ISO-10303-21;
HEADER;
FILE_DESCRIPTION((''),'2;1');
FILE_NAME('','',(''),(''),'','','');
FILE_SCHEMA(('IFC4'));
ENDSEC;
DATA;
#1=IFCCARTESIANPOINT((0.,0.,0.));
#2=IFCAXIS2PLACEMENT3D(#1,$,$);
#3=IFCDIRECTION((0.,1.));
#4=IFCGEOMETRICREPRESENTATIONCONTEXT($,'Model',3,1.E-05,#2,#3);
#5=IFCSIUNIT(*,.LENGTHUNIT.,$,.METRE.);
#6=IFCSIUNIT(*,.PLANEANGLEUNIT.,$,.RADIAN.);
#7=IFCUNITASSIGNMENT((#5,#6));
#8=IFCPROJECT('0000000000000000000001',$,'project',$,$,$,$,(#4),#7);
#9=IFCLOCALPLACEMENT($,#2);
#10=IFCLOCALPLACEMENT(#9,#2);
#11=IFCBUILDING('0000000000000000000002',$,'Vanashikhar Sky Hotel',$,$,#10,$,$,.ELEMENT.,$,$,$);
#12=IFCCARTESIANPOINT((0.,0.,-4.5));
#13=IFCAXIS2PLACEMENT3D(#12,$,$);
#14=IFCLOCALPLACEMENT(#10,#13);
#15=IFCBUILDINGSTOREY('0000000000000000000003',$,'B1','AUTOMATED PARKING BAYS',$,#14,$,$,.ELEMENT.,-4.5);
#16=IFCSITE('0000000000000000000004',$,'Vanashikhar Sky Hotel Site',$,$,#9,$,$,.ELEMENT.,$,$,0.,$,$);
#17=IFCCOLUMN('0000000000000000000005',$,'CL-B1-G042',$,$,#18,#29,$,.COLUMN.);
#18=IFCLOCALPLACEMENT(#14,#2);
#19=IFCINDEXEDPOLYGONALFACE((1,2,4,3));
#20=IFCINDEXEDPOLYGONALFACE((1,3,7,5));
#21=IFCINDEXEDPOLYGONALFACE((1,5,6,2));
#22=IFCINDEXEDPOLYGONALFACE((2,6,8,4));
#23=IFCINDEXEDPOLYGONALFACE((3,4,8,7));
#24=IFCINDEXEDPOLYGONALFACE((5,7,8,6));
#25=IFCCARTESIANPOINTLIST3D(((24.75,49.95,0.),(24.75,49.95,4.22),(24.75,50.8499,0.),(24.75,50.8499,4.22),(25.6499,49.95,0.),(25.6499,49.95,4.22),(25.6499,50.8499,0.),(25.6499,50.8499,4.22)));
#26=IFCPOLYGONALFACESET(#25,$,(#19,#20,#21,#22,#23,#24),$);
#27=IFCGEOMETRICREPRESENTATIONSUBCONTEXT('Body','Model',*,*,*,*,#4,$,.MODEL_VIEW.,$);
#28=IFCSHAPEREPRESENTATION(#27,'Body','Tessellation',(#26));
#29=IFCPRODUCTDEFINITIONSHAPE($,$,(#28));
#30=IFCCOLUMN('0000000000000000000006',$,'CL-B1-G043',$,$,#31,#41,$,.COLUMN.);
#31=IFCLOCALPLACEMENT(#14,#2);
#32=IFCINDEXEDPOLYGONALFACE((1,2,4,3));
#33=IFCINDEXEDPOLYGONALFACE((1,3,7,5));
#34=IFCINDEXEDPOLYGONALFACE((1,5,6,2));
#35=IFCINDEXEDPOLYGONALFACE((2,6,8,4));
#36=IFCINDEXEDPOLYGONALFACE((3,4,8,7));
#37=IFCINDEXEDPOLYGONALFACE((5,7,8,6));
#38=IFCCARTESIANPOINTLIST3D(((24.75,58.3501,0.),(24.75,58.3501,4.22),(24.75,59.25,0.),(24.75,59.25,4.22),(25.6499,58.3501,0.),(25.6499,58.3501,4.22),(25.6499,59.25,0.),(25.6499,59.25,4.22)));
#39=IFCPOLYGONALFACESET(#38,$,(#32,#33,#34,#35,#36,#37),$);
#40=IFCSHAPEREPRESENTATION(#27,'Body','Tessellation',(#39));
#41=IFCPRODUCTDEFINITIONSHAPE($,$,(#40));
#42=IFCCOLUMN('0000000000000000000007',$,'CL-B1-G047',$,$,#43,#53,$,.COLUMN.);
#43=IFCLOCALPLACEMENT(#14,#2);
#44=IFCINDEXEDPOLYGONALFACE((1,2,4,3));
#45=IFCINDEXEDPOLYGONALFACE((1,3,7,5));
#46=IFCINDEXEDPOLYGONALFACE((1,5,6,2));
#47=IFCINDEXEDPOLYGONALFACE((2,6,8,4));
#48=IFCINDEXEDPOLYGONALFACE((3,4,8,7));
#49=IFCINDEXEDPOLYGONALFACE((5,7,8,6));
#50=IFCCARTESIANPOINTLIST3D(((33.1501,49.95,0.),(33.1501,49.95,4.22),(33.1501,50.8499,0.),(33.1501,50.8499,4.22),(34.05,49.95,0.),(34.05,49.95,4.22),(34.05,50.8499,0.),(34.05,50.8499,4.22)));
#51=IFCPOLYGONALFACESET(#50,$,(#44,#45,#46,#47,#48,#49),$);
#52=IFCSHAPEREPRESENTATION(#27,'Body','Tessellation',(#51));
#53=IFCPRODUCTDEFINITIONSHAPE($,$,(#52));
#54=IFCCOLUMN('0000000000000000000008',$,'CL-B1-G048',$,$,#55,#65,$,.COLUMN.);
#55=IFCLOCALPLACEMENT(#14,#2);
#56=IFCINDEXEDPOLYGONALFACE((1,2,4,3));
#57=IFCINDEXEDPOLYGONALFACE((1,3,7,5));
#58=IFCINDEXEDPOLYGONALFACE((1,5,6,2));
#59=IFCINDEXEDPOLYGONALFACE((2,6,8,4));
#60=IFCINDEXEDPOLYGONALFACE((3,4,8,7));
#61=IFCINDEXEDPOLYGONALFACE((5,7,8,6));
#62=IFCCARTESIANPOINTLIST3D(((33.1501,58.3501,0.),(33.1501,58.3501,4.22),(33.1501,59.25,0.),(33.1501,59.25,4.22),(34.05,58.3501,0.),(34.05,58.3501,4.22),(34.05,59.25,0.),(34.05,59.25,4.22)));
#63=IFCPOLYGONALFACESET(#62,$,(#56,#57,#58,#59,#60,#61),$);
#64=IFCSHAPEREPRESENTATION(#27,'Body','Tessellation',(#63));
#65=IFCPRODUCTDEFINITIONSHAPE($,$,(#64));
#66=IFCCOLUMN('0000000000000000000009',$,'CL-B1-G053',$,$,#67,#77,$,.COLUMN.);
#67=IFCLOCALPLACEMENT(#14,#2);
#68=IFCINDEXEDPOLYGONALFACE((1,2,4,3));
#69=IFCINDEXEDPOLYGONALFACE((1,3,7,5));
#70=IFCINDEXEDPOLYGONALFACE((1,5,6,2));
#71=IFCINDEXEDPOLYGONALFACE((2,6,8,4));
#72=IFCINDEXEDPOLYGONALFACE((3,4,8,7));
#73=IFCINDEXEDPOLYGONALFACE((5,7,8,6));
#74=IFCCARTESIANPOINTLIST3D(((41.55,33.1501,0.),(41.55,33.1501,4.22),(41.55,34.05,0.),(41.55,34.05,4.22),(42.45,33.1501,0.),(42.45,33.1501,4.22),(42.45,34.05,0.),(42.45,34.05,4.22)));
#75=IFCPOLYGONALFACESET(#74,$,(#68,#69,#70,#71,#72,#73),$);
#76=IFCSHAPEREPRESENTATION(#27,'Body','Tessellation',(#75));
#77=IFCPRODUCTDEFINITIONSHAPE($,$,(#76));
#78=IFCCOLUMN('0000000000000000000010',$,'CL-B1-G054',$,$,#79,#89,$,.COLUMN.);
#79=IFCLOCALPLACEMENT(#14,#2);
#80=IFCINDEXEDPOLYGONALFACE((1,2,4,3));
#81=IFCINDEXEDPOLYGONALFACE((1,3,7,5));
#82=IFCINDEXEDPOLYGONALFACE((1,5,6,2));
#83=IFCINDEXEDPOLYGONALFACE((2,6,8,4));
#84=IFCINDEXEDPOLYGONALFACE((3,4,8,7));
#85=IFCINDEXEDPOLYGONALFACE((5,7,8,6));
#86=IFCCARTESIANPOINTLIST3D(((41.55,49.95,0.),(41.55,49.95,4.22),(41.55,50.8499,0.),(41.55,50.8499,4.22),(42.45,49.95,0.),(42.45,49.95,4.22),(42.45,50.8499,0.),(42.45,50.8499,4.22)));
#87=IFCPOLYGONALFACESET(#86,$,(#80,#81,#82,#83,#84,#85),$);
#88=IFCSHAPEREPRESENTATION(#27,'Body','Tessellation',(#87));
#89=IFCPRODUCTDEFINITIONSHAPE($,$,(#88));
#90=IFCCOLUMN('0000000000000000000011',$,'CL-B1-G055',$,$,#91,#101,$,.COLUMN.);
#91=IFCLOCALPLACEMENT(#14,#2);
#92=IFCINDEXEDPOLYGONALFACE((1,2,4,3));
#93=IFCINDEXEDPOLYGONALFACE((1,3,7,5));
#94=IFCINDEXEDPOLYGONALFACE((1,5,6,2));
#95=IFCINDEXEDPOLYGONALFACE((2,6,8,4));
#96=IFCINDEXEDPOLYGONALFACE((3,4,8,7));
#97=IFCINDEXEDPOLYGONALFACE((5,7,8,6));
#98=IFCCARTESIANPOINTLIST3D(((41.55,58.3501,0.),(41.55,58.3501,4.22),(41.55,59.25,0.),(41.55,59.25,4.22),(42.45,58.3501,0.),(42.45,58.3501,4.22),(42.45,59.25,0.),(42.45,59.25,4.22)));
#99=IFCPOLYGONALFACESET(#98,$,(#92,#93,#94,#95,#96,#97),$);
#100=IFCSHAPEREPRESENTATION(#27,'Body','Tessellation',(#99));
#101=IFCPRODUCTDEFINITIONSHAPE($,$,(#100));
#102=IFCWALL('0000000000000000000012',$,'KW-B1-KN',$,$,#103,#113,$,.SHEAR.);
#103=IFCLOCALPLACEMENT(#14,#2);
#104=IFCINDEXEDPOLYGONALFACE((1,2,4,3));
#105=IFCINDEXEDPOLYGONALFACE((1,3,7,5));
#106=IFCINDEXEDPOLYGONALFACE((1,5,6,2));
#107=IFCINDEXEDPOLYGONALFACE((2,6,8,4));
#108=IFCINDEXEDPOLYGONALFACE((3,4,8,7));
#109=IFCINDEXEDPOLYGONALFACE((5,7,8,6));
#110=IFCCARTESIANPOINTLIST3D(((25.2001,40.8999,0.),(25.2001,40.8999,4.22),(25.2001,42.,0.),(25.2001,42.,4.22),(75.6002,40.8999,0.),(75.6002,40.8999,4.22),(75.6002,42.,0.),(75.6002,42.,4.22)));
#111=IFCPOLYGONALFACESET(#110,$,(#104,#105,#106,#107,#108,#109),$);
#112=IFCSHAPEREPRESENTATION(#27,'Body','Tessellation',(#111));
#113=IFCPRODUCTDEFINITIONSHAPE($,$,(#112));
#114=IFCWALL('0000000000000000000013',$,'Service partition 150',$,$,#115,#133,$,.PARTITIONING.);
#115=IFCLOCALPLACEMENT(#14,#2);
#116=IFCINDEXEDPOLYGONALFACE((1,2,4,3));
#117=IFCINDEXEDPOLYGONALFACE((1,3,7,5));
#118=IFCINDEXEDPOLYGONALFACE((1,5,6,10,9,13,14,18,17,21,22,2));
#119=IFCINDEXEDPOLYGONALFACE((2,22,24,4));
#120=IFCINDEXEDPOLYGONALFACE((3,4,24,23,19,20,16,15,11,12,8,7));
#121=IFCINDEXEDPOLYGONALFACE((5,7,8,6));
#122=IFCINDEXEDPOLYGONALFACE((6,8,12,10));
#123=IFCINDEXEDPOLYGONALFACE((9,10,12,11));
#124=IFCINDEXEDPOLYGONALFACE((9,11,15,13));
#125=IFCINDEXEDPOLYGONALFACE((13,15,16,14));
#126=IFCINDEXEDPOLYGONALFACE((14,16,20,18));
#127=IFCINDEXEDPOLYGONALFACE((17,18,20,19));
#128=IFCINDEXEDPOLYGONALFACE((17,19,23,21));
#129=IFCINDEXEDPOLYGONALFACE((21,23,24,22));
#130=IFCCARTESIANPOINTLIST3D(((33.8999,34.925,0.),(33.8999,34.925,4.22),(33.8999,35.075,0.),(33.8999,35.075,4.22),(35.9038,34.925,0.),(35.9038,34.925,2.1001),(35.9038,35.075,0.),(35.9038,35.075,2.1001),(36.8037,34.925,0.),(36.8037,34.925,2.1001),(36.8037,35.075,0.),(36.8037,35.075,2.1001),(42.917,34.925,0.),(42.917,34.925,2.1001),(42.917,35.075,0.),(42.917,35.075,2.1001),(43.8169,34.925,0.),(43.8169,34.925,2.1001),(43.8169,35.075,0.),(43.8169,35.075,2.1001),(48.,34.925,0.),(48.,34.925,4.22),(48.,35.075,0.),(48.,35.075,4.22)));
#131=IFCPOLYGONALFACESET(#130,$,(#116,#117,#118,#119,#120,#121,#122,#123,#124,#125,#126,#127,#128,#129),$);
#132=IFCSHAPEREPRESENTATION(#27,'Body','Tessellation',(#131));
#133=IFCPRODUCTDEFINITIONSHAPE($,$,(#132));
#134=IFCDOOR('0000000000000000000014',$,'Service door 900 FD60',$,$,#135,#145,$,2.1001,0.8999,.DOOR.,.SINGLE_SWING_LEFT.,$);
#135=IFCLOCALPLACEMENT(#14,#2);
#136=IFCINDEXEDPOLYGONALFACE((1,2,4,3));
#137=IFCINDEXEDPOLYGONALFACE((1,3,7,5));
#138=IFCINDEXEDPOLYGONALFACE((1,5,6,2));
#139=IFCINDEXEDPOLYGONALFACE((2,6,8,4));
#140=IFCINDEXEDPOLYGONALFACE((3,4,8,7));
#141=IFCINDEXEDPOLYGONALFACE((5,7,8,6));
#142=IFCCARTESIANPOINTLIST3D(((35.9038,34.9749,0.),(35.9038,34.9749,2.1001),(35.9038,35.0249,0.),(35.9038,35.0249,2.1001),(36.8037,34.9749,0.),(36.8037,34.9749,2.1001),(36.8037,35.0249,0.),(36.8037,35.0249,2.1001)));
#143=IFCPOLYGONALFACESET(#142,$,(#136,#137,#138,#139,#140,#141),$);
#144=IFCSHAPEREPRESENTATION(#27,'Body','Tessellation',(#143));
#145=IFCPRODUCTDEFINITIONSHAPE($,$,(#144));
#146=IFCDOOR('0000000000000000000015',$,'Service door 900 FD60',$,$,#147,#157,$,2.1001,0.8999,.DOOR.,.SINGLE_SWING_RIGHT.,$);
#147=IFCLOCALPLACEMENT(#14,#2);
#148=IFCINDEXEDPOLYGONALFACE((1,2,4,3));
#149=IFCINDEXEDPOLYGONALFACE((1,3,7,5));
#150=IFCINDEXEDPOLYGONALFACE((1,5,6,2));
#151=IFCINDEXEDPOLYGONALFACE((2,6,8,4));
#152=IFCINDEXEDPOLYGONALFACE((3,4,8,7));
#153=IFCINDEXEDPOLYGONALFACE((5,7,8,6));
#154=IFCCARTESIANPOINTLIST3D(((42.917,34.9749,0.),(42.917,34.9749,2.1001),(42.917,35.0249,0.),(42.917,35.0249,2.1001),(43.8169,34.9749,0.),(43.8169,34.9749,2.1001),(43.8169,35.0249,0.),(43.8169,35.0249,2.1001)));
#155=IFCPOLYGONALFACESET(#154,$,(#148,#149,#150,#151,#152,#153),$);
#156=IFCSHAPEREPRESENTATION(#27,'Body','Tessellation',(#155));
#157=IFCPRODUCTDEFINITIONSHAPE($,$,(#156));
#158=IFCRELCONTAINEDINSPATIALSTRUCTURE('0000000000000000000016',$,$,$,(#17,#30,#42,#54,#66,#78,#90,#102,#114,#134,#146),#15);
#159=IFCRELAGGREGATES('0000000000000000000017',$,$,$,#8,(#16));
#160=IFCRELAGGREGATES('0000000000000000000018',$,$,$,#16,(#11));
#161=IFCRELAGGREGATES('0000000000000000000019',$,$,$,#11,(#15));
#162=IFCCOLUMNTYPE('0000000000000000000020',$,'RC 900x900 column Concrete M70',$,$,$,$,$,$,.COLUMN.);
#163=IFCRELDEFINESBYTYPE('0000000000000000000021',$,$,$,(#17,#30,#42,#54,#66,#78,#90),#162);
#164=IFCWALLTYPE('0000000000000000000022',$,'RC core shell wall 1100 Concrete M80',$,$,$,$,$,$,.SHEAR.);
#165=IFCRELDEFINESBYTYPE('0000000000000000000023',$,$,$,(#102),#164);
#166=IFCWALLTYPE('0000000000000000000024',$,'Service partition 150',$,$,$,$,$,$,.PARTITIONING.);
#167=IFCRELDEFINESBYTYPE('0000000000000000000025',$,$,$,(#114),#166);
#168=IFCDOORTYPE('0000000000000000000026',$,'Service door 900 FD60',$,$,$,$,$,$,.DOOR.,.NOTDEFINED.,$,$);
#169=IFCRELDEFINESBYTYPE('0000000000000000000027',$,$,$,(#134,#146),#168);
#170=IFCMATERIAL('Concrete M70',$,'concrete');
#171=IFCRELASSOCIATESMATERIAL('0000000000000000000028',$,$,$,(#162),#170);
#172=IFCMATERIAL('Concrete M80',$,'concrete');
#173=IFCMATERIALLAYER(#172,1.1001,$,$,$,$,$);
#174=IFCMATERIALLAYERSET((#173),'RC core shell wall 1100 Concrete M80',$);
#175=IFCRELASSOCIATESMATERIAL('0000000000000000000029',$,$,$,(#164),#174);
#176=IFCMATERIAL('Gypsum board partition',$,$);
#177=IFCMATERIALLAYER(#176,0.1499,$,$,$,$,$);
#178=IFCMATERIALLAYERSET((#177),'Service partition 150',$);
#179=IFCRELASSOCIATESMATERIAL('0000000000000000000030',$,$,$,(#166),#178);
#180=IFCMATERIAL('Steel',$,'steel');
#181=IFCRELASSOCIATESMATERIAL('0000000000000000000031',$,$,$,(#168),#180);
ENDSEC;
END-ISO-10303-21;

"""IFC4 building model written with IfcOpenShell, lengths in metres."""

from ifc_helpers import new_model, si_unit, direction, frame, frame_2d, origin, origin_2d, place, context, subcontext, project, spatial, rectangle, extrude, source, transform, mapped, material, layer, layer_set, material_profile, profile_set, type_object, element, fill, save


model = new_model("IFC4")

# Units and contexts
model_context = context("Model", 3, precision=1e-05, world=origin(), true_north=direction((0.0, 1.0)))
body_context = subcontext(model_context, "Body", "Model", "MODEL_VIEW")
ifc_project = project(units=[si_unit("LENGTHUNIT", "METRE"), si_unit("PLANEANGLEUNIT", "RADIAN")], contexts=[model_context])

# Site, building, storey
site_placement = place(None, origin())
site = spatial("IfcSite", under=ifc_project, at=site_placement, Name="Vanashikhar Sky Hotel Site", CompositionType="ELEMENT", RefElevation=0.0)
building_placement = place(site_placement, origin())
building = spatial("IfcBuilding", under=site, at=building_placement, Name="Vanashikhar Sky Hotel", CompositionType="ELEMENT")
storey_placement = place(building_placement, frame((0.0, 0.0, -4.5)))
storey = spatial("IfcBuildingStorey", under=building, at=storey_placement, Name="B1", Description="AUTOMATED PARKING BAYS", CompositionType="ELEMENT", Elevation=-4.5)

# Columns
ifc_material_1 = material(Name="Concrete M70", Category="concrete")
ifc_material_profile = material_profile(ifc_material_1, rectangle(XDim=0.8999, YDim=0.8999, at=origin_2d()))
ifc_profile_set = profile_set([ifc_material_profile], Name="RC 900x900 column Concrete M70")
column_type = type_object("IfcColumnType", Name="RC 900x900 column Concrete M70", PredefinedType="COLUMN", material=ifc_profile_set)
shared_shape_1 = source(origin(), body_context, "Body", "SweptSolid", [
    extrude(rectangle(XDim=0.8999, YDim=0.8999, at=origin_2d()), origin(), (0.0, 0.0, 1.0), 4.22),
])
for number, where, z_axis, x_axis, name in (
    (1, (25.2, 50.3999, 0.0), (0.0, 0.0, 1.0), (1.0, 0.0, 0.0), "CL-B1-G042"),
    (2, (25.2, 58.8, 0.0), (0.0, 0.0, 1.0), (1.0, 0.0, 0.0), "CL-B1-G043"),
    (3, (33.6001, 50.3999, 0.0), (0.0, 0.0, 1.0), (1.0, 0.0, 0.0), "CL-B1-G047"),
    (4, (33.6001, 58.8, 0.0), (0.0, 0.0, 1.0), (1.0, 0.0, 0.0), "CL-B1-G048"),
    (5, (42.0, 33.6001, 0.0), (0.0, 0.0, 1.0), (1.0, 0.0, 0.0), "CL-B1-G053"),
    (6, (42.0, 50.3999, 0.0), (0.0, 0.0, 1.0), (1.0, 0.0, 0.0), "CL-B1-G054"),
    (7, (42.0, 58.8, 0.0), (0.0, 0.0, 1.0), (1.0, 0.0, 0.0), "CL-B1-G055"),
):
    element("IfcColumn", number, at=place(storey_placement, frame(where, z_axis=z_axis, x_axis=x_axis)), inside=storey, type_object=column_type, Name=name, PredefinedType="COLUMN", context=body_context, shape_type="MappedRepresentation", body=[
        mapped(shared_shape_1, transform((0.0, 0.0, 0.0), scale=1.0)),
    ])

# Wall
ifc_material_2 = material(Name="Concrete M80", Category="concrete")
ifc_layer_1 = layer(ifc_material_2, 1.1001)
ifc_layer_set_1 = layer_set([ifc_layer_1], Name="RC core shell wall 1100 Concrete M80")
wall_type_1 = type_object("IfcWallType", Name="RC core shell wall 1100 Concrete M80", PredefinedType="SHEAR", material=ifc_layer_set_1)
shared_shape_2 = source(origin(), body_context, "Body", "SweptSolid", [
    extrude(rectangle(XDim=50.4001, YDim=1.1001, at=frame_2d((25.2002, 0.0))), origin(), (0.0, 0.0, 1.0), 4.22),
])
wall_1_placement = place(storey_placement, frame((25.2, 41.45, 0.0), z_axis=(0.0, 0.0, 1.0), x_axis=(1.0, 0.0, 0.0)))
element("IfcWall", 8, at=wall_1_placement, inside=storey, type_object=wall_type_1, Name="KW-B1-KN", PredefinedType="SHEAR", context=body_context, shape_type="MappedRepresentation", body=[
    mapped(shared_shape_2, transform((0.0, 0.0, 0.0), scale=1.0)),
])

# Wall, openings, doors
ifc_material_3 = material(Name="Gypsum board partition")
ifc_layer_2 = layer(ifc_material_3, 0.1499)
ifc_layer_set_2 = layer_set([ifc_layer_2], Name="Service partition 150")
wall_type_2 = type_object("IfcWallType", Name="Service partition 150", PredefinedType="PARTITIONING", material=ifc_layer_set_2)
shared_shape_3 = source(origin(), body_context, "Body", "SweptSolid", [
    extrude(rectangle(XDim=14.1001, YDim=0.1499, at=frame_2d((7.05, 0.0))), origin(), (0.0, 0.0, 1.0), 4.22),
])
wall_2_placement = place(storey_placement, frame((33.8999, 35.0, 0.0), z_axis=(0.0, 0.0, 1.0), x_axis=(1.0, 0.0, 0.0)))
wall_2 = element("IfcWall", 9, at=wall_2_placement, inside=storey, type_object=wall_type_2, Name="Service partition 150", PredefinedType="PARTITIONING", context=body_context, shape_type="MappedRepresentation", body=[
    mapped(shared_shape_3, transform((0.0, 0.0, 0.0), scale=1.0)),
])
shared_shape_4 = source(origin(), body_context, "Body", "SweptSolid", [
    extrude(rectangle(XDim=0.8999, YDim=2.1001, at=frame_2d((0.45, 1.05))), frame((0.0, 0.085, 0.0), z_axis=(0.0, -1.0, 0.0), x_axis=(1.0, 0.0, 0.0)), (0.0, 0.0, 1.0), 0.1699),
])
opening_1_placement = place(wall_2_placement, frame((2.0039, 0.0, 0.0)))
opening_1 = element("IfcOpeningElement", 10, at=opening_1_placement, cuts=wall_2, PredefinedType="OPENING", context=body_context, shape_type="MappedRepresentation", body=[
    mapped(shared_shape_4, transform((0.0, 0.0, 0.0), scale=1.0)),
])
opening_2_placement = place(wall_2_placement, frame((9.0171, 0.0, 0.0)))
opening_2 = element("IfcOpeningElement", 11, at=opening_2_placement, cuts=wall_2, PredefinedType="OPENING", context=body_context, shape_type="MappedRepresentation", body=[
    mapped(shared_shape_4, transform((0.0, 0.0, 0.0), scale=1.0)),
])
ifc_material_4 = material(Name="Steel", Category="steel")
door_type_1 = type_object("IfcDoorType", Name="Service door 900 FD60", OperationType="NOTDEFINED", PredefinedType="DOOR", material=ifc_material_4)
shared_shape_5 = source(origin(), body_context, "Body", "SweptSolid", [
    extrude(rectangle(XDim=0.8999, YDim=2.1001, at=frame_2d((0.45, 1.05))), frame((0.0, 0.0249, 0.0), z_axis=(0.0, -1.0, 0.0), x_axis=(1.0, 0.0, 0.0)), (0.0, 0.0, 1.0), 0.05),
])
door_1_placement = place(opening_1_placement, origin())
door_1 = element("IfcDoor", 12, at=door_1_placement, inside=storey, type_object=door_type_1, Name="Service door 900 FD60", OperationType="SINGLE_SWING_LEFT", OverallHeight=2.1001, OverallWidth=0.8999, PredefinedType="DOOR", context=body_context, shape_type="MappedRepresentation", body=[
    mapped(shared_shape_5, transform((0.0, 0.0, 0.0), scale=1.0)),
])
fill(opening_1, door_1)
door_2_placement = place(opening_2_placement, origin())
door_2 = element("IfcDoor", 13, at=door_2_placement, inside=storey, type_object=door_type_1, Name="Service door 900 FD60", OperationType="SINGLE_SWING_RIGHT", OverallHeight=2.1001, OverallWidth=0.8999, PredefinedType="DOOR", context=body_context, shape_type="MappedRepresentation", body=[
    mapped(shared_shape_5, transform((0.0, 0.0, 0.0), scale=1.0)),
])
fill(opening_2, door_2)

save(model, "model.ifc")
